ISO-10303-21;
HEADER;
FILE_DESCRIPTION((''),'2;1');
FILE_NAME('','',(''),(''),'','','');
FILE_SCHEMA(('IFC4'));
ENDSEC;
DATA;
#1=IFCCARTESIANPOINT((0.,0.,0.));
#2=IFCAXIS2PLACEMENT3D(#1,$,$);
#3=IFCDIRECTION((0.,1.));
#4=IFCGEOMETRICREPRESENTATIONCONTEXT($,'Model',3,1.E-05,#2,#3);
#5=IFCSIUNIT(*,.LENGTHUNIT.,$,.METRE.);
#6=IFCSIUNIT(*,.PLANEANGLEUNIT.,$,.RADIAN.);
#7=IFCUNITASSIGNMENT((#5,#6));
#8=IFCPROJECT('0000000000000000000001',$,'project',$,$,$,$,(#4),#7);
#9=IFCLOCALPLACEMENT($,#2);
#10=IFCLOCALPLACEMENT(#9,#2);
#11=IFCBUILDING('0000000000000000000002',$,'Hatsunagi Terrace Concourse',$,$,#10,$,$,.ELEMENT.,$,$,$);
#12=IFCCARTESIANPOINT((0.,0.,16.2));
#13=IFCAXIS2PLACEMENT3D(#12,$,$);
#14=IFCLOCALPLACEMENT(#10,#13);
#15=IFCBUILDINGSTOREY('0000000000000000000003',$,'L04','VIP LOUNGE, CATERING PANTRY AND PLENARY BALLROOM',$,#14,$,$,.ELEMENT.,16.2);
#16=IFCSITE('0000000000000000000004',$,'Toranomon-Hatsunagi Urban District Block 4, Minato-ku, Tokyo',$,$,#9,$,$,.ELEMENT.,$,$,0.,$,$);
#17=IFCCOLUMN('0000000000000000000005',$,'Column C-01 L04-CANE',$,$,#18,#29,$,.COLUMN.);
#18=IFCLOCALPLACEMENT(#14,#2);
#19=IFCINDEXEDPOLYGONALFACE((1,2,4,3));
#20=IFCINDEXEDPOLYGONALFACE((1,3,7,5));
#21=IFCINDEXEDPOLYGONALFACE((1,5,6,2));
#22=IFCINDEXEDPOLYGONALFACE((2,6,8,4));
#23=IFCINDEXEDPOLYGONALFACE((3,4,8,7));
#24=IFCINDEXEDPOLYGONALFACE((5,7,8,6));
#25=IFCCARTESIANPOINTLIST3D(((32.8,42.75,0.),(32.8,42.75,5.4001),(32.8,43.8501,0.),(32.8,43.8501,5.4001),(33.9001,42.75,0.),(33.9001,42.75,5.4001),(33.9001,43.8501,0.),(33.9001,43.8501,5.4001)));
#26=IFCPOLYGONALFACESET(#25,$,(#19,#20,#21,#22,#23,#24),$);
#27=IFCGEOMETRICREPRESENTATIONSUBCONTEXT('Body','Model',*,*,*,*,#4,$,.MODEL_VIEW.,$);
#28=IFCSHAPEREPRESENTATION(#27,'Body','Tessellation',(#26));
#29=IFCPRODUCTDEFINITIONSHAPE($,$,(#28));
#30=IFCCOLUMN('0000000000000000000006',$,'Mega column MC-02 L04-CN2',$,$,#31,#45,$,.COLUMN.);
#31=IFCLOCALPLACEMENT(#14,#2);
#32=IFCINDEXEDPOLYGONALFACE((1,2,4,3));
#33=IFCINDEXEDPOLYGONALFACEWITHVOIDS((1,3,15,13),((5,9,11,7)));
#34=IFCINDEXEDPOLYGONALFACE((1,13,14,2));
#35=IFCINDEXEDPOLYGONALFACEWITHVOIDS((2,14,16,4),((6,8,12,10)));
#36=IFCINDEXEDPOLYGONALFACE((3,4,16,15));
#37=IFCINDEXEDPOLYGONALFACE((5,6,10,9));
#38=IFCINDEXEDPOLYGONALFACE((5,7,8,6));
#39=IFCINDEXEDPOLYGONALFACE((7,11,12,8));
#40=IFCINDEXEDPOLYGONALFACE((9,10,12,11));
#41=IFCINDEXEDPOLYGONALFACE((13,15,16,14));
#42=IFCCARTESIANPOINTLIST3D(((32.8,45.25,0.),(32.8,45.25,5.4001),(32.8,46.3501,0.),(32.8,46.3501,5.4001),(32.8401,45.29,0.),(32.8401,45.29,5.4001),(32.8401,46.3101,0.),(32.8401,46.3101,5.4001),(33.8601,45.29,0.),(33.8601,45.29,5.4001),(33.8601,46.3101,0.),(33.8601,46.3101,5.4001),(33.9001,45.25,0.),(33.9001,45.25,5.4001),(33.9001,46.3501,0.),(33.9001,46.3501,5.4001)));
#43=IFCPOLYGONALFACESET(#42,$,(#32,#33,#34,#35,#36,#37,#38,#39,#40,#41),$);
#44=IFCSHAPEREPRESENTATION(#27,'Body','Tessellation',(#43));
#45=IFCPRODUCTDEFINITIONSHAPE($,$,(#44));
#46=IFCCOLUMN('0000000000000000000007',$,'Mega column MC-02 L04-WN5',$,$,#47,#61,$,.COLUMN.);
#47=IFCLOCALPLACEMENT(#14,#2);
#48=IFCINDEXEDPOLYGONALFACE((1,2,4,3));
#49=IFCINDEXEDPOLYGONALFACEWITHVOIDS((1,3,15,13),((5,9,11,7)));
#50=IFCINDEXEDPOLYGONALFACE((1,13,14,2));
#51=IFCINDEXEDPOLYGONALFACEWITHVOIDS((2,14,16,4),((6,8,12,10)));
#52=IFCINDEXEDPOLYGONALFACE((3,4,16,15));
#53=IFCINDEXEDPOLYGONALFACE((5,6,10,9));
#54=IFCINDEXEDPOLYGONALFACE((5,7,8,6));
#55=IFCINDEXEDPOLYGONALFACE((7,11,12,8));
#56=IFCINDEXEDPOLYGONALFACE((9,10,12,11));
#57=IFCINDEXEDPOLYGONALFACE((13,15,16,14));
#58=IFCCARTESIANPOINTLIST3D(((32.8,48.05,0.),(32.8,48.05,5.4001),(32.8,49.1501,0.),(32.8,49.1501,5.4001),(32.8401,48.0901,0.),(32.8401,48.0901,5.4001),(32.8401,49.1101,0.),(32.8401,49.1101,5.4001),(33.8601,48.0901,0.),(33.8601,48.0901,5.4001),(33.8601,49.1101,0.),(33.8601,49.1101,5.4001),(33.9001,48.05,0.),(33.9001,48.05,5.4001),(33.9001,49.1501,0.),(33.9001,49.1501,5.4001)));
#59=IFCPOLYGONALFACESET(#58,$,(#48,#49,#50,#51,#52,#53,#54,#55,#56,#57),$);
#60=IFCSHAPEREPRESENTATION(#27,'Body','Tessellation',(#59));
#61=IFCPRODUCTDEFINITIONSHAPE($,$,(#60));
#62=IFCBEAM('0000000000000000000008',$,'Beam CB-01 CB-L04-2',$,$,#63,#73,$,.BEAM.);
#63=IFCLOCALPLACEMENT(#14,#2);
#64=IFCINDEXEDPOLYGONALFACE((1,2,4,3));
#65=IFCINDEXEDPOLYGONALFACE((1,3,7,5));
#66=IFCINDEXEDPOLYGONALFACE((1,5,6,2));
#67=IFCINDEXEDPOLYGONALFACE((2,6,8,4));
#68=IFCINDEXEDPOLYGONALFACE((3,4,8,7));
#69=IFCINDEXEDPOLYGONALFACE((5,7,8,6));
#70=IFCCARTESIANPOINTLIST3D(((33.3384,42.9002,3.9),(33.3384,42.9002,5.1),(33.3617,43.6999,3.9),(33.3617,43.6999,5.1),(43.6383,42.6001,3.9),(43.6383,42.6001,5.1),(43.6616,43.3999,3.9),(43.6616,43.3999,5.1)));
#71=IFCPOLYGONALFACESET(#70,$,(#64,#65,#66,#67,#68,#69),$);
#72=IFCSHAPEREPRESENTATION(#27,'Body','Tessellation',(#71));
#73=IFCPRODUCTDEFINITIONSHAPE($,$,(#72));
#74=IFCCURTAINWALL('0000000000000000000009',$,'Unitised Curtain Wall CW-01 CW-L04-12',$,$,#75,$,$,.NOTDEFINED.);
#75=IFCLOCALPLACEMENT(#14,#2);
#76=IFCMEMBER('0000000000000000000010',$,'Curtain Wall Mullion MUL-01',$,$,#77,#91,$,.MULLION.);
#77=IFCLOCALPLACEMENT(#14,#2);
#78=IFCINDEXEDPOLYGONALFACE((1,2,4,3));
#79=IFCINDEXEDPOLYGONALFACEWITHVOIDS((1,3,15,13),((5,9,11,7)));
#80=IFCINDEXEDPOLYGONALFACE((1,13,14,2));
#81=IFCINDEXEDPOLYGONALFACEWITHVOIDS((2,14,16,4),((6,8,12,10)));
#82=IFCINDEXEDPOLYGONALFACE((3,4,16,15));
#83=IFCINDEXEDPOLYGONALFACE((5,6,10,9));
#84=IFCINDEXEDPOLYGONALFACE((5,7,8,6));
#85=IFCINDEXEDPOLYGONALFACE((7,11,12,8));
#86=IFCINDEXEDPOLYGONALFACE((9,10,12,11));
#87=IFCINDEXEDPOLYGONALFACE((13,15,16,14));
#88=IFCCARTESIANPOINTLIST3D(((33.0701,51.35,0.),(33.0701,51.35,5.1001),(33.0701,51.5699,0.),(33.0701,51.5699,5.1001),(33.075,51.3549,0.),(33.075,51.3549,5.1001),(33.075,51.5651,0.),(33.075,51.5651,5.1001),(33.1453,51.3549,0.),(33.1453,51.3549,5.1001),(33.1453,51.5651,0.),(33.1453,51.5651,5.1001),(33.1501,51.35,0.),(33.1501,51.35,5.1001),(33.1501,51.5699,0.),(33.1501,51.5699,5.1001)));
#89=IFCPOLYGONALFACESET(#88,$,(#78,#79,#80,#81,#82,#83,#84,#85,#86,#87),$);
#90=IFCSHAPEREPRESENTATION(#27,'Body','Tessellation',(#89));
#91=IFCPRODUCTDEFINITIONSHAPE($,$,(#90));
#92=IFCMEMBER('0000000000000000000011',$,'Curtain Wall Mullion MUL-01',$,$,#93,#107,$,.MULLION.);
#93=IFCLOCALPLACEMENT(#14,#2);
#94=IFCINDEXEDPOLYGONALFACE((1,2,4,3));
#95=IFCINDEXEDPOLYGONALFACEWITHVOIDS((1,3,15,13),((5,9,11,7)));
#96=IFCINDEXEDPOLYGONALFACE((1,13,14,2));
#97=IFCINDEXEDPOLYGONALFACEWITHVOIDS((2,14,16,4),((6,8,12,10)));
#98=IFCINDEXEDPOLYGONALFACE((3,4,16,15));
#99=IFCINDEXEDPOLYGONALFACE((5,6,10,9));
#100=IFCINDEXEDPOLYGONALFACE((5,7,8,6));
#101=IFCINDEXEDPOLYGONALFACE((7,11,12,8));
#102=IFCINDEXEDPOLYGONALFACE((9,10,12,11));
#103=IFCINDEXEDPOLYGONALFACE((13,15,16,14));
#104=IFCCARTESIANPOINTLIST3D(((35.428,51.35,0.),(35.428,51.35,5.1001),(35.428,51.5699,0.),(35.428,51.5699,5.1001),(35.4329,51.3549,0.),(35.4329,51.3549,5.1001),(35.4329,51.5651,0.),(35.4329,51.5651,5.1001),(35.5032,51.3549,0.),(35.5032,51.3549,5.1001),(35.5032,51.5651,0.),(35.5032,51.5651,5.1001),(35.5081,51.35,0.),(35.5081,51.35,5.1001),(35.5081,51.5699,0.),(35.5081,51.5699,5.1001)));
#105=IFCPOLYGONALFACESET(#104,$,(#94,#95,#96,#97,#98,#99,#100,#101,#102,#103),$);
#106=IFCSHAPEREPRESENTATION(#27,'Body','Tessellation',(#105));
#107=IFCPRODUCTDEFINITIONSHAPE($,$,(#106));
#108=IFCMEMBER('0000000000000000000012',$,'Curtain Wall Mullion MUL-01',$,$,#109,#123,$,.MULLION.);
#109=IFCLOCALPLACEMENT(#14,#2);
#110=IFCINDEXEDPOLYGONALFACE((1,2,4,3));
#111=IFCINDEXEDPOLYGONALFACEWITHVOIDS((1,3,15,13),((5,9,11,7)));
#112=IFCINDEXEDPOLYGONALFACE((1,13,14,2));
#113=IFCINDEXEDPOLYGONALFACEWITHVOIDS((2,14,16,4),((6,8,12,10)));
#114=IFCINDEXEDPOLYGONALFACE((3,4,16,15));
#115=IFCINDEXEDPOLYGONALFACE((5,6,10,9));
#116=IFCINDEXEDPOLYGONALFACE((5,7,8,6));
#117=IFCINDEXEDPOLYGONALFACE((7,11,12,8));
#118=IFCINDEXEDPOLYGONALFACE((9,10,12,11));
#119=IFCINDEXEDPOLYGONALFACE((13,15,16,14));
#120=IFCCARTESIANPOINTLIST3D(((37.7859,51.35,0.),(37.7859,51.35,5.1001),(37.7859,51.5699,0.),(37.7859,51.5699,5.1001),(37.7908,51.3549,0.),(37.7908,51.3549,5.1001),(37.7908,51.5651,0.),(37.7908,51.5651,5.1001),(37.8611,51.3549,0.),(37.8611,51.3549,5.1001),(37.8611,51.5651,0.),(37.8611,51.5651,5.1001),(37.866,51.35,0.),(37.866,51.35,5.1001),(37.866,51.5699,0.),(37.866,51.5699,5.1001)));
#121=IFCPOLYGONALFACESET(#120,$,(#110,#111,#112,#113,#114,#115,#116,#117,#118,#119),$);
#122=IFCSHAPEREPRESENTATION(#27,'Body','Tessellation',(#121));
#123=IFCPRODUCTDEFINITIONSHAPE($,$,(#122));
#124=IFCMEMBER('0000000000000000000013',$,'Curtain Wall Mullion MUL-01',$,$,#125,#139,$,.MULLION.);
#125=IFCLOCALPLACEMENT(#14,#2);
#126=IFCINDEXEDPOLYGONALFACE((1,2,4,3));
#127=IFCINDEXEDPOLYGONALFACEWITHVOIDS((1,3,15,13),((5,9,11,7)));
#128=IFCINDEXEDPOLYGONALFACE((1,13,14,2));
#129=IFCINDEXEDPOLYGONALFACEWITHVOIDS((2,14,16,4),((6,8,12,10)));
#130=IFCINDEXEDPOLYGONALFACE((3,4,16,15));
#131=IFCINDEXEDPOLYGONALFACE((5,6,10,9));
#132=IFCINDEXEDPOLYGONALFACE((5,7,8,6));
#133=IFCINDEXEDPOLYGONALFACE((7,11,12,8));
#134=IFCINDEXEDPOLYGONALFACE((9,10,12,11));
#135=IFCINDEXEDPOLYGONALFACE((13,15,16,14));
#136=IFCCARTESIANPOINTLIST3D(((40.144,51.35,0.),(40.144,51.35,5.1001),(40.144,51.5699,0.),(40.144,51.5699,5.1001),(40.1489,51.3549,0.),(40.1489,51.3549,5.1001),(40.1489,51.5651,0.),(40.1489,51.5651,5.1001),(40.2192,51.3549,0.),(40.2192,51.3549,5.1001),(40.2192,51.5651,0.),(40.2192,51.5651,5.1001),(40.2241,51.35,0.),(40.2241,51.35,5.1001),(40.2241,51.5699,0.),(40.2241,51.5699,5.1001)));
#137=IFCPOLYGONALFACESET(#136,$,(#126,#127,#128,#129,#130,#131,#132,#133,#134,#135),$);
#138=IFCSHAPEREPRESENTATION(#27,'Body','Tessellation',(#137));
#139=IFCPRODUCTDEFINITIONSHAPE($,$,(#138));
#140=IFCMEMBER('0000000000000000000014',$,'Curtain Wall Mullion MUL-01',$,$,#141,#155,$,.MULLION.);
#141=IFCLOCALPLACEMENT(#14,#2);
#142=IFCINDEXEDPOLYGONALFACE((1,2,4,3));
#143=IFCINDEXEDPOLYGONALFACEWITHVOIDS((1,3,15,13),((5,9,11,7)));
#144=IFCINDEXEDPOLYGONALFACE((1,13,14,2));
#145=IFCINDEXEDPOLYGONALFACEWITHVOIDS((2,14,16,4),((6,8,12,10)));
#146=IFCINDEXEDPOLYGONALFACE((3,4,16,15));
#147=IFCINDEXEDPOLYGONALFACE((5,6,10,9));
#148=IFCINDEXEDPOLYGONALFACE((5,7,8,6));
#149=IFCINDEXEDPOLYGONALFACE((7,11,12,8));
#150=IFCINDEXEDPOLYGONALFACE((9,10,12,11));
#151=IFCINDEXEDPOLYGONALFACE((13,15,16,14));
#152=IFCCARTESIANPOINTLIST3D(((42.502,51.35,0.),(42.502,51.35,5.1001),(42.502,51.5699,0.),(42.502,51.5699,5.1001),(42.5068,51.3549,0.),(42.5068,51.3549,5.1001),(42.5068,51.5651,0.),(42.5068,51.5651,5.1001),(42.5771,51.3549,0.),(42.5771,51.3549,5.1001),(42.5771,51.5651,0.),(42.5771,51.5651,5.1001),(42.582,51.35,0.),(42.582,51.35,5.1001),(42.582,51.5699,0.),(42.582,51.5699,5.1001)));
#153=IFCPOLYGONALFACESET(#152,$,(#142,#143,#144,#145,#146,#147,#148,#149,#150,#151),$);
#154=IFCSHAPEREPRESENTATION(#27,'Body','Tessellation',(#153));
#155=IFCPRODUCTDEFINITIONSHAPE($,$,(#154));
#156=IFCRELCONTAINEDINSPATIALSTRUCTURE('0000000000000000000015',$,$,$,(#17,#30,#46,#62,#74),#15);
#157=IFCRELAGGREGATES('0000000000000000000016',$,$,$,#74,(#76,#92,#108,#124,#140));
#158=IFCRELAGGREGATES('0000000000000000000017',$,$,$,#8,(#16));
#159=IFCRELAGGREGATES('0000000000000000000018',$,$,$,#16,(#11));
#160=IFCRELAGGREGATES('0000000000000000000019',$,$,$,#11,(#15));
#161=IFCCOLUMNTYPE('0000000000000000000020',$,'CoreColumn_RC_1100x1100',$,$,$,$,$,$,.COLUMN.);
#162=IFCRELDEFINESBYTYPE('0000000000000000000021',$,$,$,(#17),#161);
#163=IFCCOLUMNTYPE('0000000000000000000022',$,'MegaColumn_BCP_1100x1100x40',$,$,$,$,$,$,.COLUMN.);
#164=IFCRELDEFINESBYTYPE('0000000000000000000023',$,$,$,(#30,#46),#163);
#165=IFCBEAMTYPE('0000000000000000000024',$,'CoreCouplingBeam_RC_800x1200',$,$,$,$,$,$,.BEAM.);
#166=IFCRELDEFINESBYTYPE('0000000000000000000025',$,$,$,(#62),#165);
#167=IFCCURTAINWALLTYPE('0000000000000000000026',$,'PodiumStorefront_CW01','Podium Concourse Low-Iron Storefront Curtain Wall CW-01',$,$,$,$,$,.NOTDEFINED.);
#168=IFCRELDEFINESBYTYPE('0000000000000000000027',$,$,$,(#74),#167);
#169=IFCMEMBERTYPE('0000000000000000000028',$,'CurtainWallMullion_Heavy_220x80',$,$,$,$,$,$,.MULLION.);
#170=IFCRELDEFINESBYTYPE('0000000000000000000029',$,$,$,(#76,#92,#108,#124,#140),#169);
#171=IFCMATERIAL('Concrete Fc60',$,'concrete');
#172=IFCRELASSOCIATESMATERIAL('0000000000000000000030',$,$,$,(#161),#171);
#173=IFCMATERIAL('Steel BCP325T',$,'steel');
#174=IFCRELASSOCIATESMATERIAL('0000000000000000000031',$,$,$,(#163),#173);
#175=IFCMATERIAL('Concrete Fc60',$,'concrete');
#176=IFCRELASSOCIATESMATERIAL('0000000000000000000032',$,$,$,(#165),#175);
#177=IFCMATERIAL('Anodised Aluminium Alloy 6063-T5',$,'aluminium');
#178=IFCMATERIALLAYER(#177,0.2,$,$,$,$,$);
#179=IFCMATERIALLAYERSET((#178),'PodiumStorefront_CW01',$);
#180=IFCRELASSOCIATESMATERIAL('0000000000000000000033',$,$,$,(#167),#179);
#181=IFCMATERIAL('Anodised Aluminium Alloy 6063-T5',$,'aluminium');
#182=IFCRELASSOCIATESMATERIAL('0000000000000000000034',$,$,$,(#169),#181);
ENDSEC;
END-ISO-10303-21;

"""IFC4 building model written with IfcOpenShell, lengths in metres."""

from ifc_helpers import new_model, si_unit, direction, frame, origin, origin_2d, place, context, subcontext, project, spatial, rectangle, hollow_rectangle, extrude, material, layer, layer_set, material_profile, profile_set, type_object, element, aggregate, save


model = new_model("IFC4")

# Units and contexts
model_context = context("Model", 3, precision=1e-05, world=origin(), true_north=direction((0.0, 1.0)))
body_context = subcontext(model_context, "Body", "Model", "MODEL_VIEW")
ifc_project = project(units=[si_unit("LENGTHUNIT", "METRE"), si_unit("PLANEANGLEUNIT", "RADIAN")], contexts=[model_context])

# Site, building, storey
site_placement = place(None, origin())
site = spatial("IfcSite", under=ifc_project, at=site_placement, Name="Toranomon-Hatsunagi Urban District Block 4, Minato-ku, Tokyo", CompositionType="ELEMENT", RefElevation=0.0)
building_placement = place(site_placement, origin())
building = spatial("IfcBuilding", under=site, at=building_placement, Name="Hatsunagi Terrace Concourse", CompositionType="ELEMENT")
storey_placement = place(building_placement, frame((0.0, 0.0, 16.2)))
storey = spatial("IfcBuildingStorey", under=building, at=storey_placement, Name="L04", Description="VIP LOUNGE, CATERING PANTRY AND PLENARY BALLROOM", CompositionType="ELEMENT", Elevation=16.2)

# Columns
ifc_material_1 = material(Name="Concrete Fc60", Category="concrete")
ifc_material_profile_1 = material_profile(ifc_material_1, rectangle(XDim=1.1001, YDim=1.1001, at=origin_2d()), Name="RC-1100x1100")
ifc_profile_set_1 = profile_set([ifc_material_profile_1], Name="Concrete Fc60")
column_type_1 = type_object("IfcColumnType", Name="CoreColumn_RC_1100x1100", PredefinedType="COLUMN", material=ifc_profile_set_1)
column_placement = place(storey_placement, frame((33.3501, 43.3, 0.0), z_axis=(0.0, 0.0, 1.0), x_axis=(1.0, 0.0, 0.0)))
element("IfcColumn", 1, at=column_placement, inside=storey, type_object=column_type_1, Name="Column C-01 L04-CANE", PredefinedType="COLUMN", context=body_context, shape_type="SweptSolid", body=[
    extrude(rectangle(XDim=1.1001, YDim=1.1001, at=origin_2d()), origin(), (0.0, 0.0, 1.0), 5.4001),
])
ifc_material_2 = material(Name="Steel BCP325T", Category="steel")
ifc_material_profile_2 = material_profile(ifc_material_2, hollow_rectangle(XDim=1.1001, YDim=1.1001, WallThickness=0.04, at=origin_2d()), Name="BCP-1100x1100x40")
ifc_profile_set_2 = profile_set([ifc_material_profile_2], Name="Steel BCP325T")
column_type_2 = type_object("IfcColumnType", Name="MegaColumn_BCP_1100x1100x40", PredefinedType="COLUMN", material=ifc_profile_set_2)
for number, where, z_axis, x_axis, name in (
    (2, (33.3501, 45.8, 0.0), (0.0, 0.0, 1.0), (1.0, 0.0, 0.0), "Mega column MC-02 L04-CN2"),
    (3, (33.3501, 48.6001, 0.0), (0.0, 0.0, 1.0), (1.0, 0.0, 0.0), "Mega column MC-02 L04-WN5"),
):
    element("IfcColumn", number, at=place(storey_placement, frame(where, z_axis=z_axis, x_axis=x_axis)), inside=storey, type_object=column_type_2, Name=name, PredefinedType="COLUMN", context=body_context, shape_type="SweptSolid", body=[
        extrude(hollow_rectangle(XDim=1.1001, YDim=1.1001, WallThickness=0.04, at=origin_2d()), origin(), (0.0, 0.0, 1.0), 5.4001),
    ])

# Beam
ifc_material_3 = material(Name="Concrete Fc60", Category="concrete")
ifc_material_profile_3 = material_profile(ifc_material_3, rectangle(XDim=0.8, YDim=1.2, at=origin_2d()), Name="RC-800x1200")
ifc_profile_set_3 = profile_set([ifc_material_profile_3], Name="Concrete Fc60")
beam_type_1 = type_object("IfcBeamType", Name="CoreCouplingBeam_RC_800x1200", PredefinedType="BEAM", material=ifc_profile_set_3)
beam_1_placement = place(storey_placement, frame((33.3501, 43.3, 4.5), z_axis=(0.999576, -0.029119, 0.0), x_axis=(0.029119, 0.999576, 0.0)))
element("IfcBeam", 4, at=beam_1_placement, inside=storey, type_object=beam_type_1, Name="Beam CB-01 CB-L04-2", PredefinedType="BEAM", context=body_context, shape_type="SweptSolid", body=[
    extrude(rectangle(XDim=0.8, YDim=1.2, at=origin_2d()), origin(), (0.0, 0.0, 1.0), 10.3042),
])

# Curtain wall, members
ifc_material_4 = material(Name="Anodised Aluminium Alloy 6063-T5", Category="aluminium")
ifc_layer_1 = layer(ifc_material_4, 0.2)
ifc_layer_set_1 = layer_set([ifc_layer_1], Name="PodiumStorefront_CW01")
curtain_wall_type = type_object("IfcCurtainWallType", Name="PodiumStorefront_CW01", Description="Podium Concourse Low-Iron Storefront Curtain Wall CW-01", PredefinedType="NOTDEFINED", material=ifc_layer_set_1)
curtain_wall_placement = place(storey_placement, origin())
curtain_wall = element("IfcCurtainWall", 5, at=curtain_wall_placement, inside=storey, type_object=curtain_wall_type, Name="Unitised Curtain Wall CW-01 CW-L04-12", PredefinedType="NOTDEFINED")
ifc_material_5 = material(Name="Anodised Aluminium Alloy 6063-T5", Category="aluminium")
ifc_material_profile_4 = material_profile(ifc_material_5, hollow_rectangle(XDim=0.0801, YDim=0.22, WallThickness=0.0049, at=origin_2d()), Name="ALU-MUL-220x80x5")
ifc_profile_set_4 = profile_set([ifc_material_profile_4], Name="Anodised Aluminium Alloy 6063-T5")
member_type = type_object("IfcMemberType", Name="CurtainWallMullion_Heavy_220x80", PredefinedType="MULLION", material=ifc_profile_set_4)
member_1_placement = place(storey_placement, frame((33.1101, 51.46, 0.0), z_axis=(0.0, 0.0, 1.0), x_axis=(1.0, 0.0, 0.0)))
member_1 = element("IfcMember", 6, at=member_1_placement, type_object=member_type, Name="Curtain Wall Mullion MUL-01", PredefinedType="MULLION", context=body_context, shape_type="SweptSolid", body=[
    extrude(hollow_rectangle(XDim=0.0801, YDim=0.22, WallThickness=0.0049, at=origin_2d()), origin(), (0.0, 0.0, 1.0), 5.1001),
])
member_2_placement = place(storey_placement, frame((35.468, 51.46, 0.0), z_axis=(0.0, 0.0, 1.0), x_axis=(1.0, 0.0, 0.0)))
member_2 = element("IfcMember", 7, at=member_2_placement, type_object=member_type, Name="Curtain Wall Mullion MUL-01", PredefinedType="MULLION", context=body_context, shape_type="SweptSolid", body=[
    extrude(hollow_rectangle(XDim=0.0801, YDim=0.22, WallThickness=0.0049, at=origin_2d()), origin(), (0.0, 0.0, 1.0), 5.1001),
])
member_3_placement = place(storey_placement, frame((37.8259, 51.46, 0.0), z_axis=(0.0, 0.0, 1.0), x_axis=(1.0, 0.0, 0.0)))
member_3 = element("IfcMember", 8, at=member_3_placement, type_object=member_type, Name="Curtain Wall Mullion MUL-01", PredefinedType="MULLION", context=body_context, shape_type="SweptSolid", body=[
    extrude(hollow_rectangle(XDim=0.0801, YDim=0.22, WallThickness=0.0049, at=origin_2d()), origin(), (0.0, 0.0, 1.0), 5.1001),
])
member_4_placement = place(storey_placement, frame((40.1841, 51.46, 0.0), z_axis=(0.0, 0.0, 1.0), x_axis=(1.0, 0.0, 0.0)))
member_4 = element("IfcMember", 9, at=member_4_placement, type_object=member_type, Name="Curtain Wall Mullion MUL-01", PredefinedType="MULLION", context=body_context, shape_type="SweptSolid", body=[
    extrude(hollow_rectangle(XDim=0.0801, YDim=0.22, WallThickness=0.0049, at=origin_2d()), origin(), (0.0, 0.0, 1.0), 5.1001),
])
member_5_placement = place(storey_placement, frame((42.542, 51.46, 0.0), z_axis=(0.0, 0.0, 1.0), x_axis=(1.0, 0.0, 0.0)))
member_5 = element("IfcMember", 10, at=member_5_placement, type_object=member_type, Name="Curtain Wall Mullion MUL-01", PredefinedType="MULLION", context=body_context, shape_type="SweptSolid", body=[
    extrude(hollow_rectangle(XDim=0.0801, YDim=0.22, WallThickness=0.0049, at=origin_2d()), origin(), (0.0, 0.0, 1.0), 5.1001),
])

aggregate(curtain_wall, [member_1, member_2, member_3, member_4, member_5])

save(model, "model.ifc")
